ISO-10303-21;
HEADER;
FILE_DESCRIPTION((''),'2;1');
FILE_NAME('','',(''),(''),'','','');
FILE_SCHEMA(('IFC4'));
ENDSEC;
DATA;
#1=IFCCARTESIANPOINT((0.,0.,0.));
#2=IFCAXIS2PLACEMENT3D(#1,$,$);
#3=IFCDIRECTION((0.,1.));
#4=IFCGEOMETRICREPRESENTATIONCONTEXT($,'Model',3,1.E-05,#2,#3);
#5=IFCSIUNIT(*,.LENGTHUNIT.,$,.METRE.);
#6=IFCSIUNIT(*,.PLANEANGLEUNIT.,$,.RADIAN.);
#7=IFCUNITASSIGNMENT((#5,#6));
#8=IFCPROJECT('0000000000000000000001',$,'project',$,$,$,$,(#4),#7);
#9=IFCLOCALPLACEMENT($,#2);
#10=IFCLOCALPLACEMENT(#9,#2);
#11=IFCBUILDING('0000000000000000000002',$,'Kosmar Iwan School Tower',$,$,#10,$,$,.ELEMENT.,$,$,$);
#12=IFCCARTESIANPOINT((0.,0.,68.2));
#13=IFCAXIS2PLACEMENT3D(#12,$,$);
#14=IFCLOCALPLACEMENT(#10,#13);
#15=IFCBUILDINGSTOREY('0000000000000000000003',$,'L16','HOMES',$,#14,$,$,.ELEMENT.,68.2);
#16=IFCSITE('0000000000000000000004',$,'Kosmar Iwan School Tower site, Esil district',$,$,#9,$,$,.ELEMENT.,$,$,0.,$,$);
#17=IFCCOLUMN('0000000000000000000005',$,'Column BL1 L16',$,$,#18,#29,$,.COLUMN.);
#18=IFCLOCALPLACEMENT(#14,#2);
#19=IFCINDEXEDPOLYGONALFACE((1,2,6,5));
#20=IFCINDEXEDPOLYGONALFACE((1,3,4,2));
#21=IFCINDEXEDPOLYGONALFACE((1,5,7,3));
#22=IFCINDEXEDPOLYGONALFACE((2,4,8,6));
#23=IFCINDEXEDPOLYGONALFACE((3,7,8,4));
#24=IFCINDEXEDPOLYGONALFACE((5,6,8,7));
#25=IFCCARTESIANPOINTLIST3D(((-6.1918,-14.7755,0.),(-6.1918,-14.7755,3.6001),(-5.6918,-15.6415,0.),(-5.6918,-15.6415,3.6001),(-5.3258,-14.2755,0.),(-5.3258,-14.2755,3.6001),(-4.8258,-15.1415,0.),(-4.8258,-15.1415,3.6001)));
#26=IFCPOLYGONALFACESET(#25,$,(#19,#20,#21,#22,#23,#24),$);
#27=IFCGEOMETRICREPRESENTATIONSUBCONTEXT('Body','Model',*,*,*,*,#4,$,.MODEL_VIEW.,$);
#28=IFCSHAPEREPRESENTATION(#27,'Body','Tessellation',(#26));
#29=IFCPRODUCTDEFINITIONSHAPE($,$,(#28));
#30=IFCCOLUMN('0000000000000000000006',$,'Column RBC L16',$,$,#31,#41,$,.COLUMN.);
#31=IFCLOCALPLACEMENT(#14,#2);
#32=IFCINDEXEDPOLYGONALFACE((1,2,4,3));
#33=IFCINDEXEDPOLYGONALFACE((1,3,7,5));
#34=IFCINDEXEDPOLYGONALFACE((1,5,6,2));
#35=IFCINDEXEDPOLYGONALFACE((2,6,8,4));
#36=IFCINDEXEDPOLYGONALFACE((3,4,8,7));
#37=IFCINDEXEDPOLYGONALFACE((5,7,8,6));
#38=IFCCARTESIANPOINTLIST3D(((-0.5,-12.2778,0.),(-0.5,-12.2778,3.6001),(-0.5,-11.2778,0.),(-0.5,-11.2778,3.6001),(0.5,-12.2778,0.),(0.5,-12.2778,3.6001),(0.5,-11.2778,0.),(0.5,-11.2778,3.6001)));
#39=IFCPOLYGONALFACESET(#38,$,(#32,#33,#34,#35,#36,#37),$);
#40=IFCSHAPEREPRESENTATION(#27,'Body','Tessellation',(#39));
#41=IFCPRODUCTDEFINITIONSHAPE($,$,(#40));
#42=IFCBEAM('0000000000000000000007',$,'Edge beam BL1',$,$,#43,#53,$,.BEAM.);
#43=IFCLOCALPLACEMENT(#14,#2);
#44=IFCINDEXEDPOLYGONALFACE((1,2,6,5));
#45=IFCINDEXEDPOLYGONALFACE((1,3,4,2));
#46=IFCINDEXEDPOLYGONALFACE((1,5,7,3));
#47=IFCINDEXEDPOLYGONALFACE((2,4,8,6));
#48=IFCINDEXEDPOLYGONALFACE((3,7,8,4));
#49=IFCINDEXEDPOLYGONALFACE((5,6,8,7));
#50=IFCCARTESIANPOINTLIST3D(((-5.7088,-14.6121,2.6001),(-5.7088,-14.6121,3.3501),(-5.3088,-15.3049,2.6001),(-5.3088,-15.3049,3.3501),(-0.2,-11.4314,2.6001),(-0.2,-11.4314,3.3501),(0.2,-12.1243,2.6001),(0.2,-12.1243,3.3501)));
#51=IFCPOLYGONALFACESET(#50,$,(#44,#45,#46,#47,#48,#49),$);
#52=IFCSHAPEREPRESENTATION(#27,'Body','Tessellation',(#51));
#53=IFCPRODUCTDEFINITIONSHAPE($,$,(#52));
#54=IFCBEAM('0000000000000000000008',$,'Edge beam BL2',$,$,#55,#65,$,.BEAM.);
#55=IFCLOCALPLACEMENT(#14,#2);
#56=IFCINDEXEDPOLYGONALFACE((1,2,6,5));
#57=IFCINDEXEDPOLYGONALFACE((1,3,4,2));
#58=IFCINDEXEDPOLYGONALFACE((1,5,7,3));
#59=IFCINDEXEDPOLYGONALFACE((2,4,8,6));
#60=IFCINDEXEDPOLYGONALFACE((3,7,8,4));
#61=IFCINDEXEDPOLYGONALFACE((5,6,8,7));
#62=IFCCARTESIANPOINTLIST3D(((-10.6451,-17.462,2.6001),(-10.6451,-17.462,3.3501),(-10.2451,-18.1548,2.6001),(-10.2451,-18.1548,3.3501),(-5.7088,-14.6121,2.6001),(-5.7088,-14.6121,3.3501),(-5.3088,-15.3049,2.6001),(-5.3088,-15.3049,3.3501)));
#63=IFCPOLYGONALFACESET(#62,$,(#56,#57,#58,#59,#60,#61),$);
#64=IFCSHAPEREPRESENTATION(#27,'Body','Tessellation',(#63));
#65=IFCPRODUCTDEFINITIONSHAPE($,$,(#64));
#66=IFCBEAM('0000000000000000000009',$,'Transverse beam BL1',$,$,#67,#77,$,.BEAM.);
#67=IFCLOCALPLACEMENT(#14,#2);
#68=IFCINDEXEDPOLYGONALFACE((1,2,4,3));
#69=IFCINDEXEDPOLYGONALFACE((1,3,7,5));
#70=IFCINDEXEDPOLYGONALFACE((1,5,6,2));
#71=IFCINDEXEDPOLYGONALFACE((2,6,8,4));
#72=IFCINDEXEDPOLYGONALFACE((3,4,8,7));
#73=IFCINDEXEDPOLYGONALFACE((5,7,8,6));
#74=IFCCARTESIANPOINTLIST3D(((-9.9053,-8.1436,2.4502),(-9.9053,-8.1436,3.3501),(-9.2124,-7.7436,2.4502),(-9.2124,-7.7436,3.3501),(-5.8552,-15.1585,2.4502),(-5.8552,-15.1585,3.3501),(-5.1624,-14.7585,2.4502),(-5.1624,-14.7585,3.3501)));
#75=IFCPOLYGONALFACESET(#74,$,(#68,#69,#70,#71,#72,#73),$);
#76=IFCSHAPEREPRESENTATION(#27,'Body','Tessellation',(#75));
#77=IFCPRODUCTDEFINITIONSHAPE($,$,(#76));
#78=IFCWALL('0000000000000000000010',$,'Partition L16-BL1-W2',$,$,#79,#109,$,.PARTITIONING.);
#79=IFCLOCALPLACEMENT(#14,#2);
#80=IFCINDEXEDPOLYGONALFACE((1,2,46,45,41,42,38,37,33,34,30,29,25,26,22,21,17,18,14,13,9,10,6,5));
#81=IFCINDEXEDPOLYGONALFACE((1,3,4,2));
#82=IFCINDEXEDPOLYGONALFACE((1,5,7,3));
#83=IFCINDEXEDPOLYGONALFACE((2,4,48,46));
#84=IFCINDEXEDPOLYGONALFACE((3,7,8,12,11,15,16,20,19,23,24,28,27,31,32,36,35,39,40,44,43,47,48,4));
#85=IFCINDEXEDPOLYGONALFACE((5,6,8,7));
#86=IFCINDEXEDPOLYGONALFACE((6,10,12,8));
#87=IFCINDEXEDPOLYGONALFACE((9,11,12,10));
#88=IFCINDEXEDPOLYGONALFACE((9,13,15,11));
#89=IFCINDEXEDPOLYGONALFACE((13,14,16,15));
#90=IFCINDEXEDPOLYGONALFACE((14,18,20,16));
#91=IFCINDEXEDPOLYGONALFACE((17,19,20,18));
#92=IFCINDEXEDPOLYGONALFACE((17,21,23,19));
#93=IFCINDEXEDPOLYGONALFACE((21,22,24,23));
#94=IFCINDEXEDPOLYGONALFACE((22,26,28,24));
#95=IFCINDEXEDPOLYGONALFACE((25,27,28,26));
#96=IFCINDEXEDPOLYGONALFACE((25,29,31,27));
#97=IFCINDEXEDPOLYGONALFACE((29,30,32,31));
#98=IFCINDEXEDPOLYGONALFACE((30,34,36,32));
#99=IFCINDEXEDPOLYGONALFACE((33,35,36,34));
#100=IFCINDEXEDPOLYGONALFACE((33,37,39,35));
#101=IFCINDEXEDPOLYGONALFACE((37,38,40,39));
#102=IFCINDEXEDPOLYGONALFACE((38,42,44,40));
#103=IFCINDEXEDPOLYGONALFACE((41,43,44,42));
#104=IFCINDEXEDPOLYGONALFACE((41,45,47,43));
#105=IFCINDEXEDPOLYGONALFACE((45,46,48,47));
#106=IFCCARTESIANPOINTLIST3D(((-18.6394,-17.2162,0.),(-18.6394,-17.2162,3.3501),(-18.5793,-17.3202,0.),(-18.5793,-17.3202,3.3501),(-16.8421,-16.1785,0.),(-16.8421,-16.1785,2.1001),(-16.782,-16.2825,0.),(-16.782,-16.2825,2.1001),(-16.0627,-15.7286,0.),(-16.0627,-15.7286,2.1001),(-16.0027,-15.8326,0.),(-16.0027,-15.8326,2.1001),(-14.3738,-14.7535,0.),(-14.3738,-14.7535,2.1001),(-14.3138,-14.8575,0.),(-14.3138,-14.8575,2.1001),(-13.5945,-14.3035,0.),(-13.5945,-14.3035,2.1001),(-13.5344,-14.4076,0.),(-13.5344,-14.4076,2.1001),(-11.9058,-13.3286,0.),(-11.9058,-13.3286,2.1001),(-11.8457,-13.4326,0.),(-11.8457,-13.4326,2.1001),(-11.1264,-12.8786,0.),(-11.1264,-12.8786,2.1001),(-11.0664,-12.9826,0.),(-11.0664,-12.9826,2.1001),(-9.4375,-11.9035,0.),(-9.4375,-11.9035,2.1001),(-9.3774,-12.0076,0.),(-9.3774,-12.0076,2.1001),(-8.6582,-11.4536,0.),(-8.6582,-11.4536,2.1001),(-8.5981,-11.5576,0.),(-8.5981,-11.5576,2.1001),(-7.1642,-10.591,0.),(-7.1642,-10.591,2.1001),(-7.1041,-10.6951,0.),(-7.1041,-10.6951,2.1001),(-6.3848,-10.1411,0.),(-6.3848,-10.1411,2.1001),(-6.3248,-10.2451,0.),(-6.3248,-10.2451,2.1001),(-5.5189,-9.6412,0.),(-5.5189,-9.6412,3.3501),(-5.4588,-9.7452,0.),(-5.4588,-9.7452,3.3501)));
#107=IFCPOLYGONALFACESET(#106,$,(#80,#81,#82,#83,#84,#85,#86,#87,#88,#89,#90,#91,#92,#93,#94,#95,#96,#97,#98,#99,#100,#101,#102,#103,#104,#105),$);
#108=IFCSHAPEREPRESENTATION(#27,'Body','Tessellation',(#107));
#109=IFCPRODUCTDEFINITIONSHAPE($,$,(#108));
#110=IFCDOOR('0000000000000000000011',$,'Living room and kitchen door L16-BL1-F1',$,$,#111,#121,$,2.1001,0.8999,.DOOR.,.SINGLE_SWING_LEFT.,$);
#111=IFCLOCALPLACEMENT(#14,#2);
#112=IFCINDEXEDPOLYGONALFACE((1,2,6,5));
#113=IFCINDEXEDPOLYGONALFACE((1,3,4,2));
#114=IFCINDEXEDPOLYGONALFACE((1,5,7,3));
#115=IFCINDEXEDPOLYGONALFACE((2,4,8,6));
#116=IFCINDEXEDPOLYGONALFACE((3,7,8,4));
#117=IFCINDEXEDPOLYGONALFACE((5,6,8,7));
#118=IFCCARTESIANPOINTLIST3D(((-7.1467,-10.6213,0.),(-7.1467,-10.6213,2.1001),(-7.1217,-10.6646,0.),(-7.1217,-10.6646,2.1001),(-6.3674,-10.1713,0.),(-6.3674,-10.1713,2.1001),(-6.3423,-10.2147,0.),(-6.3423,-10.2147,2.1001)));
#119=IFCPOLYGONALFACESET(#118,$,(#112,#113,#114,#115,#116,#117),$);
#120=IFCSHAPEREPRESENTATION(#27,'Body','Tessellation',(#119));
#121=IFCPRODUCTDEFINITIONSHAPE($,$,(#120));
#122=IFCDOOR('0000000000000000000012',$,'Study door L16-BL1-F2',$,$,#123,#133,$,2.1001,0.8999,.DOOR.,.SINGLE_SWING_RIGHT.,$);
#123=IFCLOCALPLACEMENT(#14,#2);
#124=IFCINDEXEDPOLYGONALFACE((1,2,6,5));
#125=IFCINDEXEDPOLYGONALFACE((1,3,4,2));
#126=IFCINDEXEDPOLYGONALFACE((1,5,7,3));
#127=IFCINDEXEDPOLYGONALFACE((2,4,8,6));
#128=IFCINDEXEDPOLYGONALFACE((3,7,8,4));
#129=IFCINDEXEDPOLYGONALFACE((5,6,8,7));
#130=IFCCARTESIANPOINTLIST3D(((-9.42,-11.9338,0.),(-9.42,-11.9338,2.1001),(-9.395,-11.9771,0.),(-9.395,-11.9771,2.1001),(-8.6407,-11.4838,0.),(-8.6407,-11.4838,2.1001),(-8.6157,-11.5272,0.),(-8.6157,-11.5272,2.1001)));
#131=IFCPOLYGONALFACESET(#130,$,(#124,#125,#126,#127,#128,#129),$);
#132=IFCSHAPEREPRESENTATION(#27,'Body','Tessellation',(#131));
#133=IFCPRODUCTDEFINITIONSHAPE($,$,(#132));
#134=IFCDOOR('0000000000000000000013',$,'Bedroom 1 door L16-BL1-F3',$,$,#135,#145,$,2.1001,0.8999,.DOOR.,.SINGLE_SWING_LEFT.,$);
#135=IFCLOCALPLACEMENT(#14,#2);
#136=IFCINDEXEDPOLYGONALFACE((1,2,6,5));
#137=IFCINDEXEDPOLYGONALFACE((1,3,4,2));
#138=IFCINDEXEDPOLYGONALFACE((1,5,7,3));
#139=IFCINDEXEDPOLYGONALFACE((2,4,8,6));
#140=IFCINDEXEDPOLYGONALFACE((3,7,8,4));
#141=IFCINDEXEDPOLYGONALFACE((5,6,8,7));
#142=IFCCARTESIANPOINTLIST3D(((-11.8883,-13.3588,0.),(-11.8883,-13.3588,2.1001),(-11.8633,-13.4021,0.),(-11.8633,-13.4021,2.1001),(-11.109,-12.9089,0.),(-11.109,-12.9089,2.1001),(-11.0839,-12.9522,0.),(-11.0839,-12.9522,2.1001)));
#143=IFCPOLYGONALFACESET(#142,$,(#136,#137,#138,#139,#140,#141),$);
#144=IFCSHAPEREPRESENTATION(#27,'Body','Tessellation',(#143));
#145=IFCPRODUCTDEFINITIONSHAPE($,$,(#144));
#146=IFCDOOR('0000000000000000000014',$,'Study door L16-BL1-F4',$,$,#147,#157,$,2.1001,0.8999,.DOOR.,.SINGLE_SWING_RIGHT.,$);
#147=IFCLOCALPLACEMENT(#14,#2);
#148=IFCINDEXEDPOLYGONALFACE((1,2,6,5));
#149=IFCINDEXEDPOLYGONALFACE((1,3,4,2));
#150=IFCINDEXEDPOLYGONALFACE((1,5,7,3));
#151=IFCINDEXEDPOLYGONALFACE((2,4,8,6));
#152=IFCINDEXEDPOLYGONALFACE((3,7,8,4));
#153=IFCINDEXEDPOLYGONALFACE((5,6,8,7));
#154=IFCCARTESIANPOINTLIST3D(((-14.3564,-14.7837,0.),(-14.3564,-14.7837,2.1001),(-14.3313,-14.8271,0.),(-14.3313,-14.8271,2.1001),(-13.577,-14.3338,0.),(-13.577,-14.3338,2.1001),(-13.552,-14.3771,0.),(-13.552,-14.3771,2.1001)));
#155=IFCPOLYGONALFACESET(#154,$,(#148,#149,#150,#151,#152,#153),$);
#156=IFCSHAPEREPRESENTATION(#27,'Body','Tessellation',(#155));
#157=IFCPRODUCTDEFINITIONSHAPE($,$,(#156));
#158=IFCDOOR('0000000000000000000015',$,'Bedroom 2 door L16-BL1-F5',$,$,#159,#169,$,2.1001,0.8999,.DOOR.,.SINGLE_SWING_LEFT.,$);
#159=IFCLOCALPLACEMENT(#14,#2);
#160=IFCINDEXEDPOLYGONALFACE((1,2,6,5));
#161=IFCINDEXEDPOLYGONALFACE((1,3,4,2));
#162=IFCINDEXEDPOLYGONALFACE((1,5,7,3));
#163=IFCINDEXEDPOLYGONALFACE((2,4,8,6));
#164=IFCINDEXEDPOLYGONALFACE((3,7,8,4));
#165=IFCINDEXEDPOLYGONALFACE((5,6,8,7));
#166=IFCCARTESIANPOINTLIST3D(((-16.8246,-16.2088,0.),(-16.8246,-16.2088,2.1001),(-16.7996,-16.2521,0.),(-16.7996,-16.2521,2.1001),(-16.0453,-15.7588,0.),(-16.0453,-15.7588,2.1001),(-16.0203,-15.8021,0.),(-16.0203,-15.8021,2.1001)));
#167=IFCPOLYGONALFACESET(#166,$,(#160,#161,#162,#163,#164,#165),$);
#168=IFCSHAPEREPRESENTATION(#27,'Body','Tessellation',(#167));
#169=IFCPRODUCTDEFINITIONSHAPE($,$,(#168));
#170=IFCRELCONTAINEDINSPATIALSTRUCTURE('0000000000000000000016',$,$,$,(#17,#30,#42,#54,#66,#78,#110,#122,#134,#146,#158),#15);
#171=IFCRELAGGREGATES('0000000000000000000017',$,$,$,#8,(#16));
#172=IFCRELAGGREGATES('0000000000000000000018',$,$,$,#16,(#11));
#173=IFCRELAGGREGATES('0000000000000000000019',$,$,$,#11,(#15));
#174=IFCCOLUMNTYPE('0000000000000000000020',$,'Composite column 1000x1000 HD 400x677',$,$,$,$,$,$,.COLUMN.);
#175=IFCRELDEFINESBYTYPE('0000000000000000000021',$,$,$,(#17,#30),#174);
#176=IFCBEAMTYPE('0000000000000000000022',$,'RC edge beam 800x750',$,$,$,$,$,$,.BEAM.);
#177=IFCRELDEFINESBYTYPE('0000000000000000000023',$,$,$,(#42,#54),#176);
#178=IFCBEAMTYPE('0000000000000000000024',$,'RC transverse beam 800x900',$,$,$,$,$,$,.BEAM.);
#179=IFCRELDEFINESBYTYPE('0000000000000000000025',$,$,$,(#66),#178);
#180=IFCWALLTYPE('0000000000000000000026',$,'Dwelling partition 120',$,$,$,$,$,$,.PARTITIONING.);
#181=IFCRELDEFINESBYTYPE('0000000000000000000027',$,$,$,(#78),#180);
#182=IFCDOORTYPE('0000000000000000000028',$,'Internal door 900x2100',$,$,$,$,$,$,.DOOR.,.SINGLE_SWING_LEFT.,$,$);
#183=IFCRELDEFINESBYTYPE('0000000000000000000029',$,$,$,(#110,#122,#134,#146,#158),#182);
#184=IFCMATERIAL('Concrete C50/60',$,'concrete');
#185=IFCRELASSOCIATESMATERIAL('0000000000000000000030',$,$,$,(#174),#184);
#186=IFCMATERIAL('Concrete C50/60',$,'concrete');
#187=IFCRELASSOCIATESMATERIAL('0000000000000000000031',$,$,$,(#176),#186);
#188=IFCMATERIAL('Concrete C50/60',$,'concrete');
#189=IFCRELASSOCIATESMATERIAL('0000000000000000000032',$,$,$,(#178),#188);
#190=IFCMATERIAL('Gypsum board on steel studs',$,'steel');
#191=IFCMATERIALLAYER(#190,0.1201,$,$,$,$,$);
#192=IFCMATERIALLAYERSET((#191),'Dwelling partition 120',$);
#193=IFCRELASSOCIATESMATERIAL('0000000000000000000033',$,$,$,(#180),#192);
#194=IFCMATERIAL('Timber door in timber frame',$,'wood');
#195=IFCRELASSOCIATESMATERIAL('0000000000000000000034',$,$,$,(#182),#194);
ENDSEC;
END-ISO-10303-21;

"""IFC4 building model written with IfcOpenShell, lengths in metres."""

from ifc_helpers import new_model, si_unit, direction, frame, frame_2d, origin, origin_2d, place, context, subcontext, project, spatial, rectangle, extrude, material, layer, layer_set, material_profile, profile_set, type_object, element, fill, save


model = new_model("IFC4")

# Units and contexts
model_context = context("Model", 3, precision=1e-05, world=origin(), true_north=direction((0.0, 1.0)))
body_context = subcontext(model_context, "Body", "Model", "MODEL_VIEW")
ifc_project = project(units=[si_unit("LENGTHUNIT", "METRE"), si_unit("PLANEANGLEUNIT", "RADIAN")], contexts=[model_context])

# Site, building, storey
site_placement = place(None, origin())
site = spatial("IfcSite", under=ifc_project, at=site_placement, Name="Kosmar Iwan School Tower site, Esil district", CompositionType="ELEMENT", RefElevation=0.0)
building_placement = place(site_placement, origin())
building = spatial("IfcBuilding", under=site, at=building_placement, Name="Kosmar Iwan School Tower", CompositionType="ELEMENT")
storey_placement = place(building_placement, frame((0.0, 0.0, 68.2)))
storey = spatial("IfcBuildingStorey", under=building, at=storey_placement, Name="L16", Description="HOMES", CompositionType="ELEMENT", Elevation=68.2)

# Columns
ifc_material_1 = material(Name="Concrete C50/60", Category="concrete")
ifc_material_profile_1 = material_profile(ifc_material_1, rectangle(XDim=1.0, YDim=1.0, at=origin_2d()), Name="RC 1000x1000 + HD 400x677")
ifc_profile_set_1 = profile_set([ifc_material_profile_1], Name="Concrete C50/60")
column_type = type_object("IfcColumnType", Name="Composite column 1000x1000 HD 400x677", PredefinedType="COLUMN", material=ifc_profile_set_1)
for number, where, z_axis, x_axis, name in (
    (1, (-5.5088, -14.9585, 0.0), (0.0, 0.0, 1.0), (-0.866025, -0.5, 0.0), "Column BL1 L16"),
    (2, (0.0, -11.7778, 0.0), (0.0, 0.0, 1.0), (1.0, 0.0, 0.0), "Column RBC L16"),
):
    element("IfcColumn", number, at=place(storey_placement, frame(where, z_axis=z_axis, x_axis=x_axis)), inside=storey, type_object=column_type, Name=name, PredefinedType="COLUMN", context=body_context, shape_type="SweptSolid", body=[
        extrude(rectangle(XDim=1.0, YDim=1.0, at=origin_2d()), origin(), (0.0, 0.0, 1.0), 3.6001),
    ])

# Beams
ifc_material_2 = material(Name="Concrete C50/60", Category="concrete")
ifc_material_profile_2 = material_profile(ifc_material_2, rectangle(XDim=0.8, YDim=0.75, at=origin_2d()), Name="RC 800x750")
ifc_profile_set_2 = profile_set([ifc_material_profile_2], Name="Concrete C50/60")
beam_type_1 = type_object("IfcBeamType", Name="RC edge beam 800x750", PredefinedType="BEAM", material=ifc_profile_set_2)
beam_1_placement = place(storey_placement, frame((0.0, -11.7778, 2.9751), z_axis=(-0.866014, -0.500019, 0.0), x_axis=(0.500019, -0.866014, 0.0)))
element("IfcBeam", 3, at=beam_1_placement, inside=storey, type_object=beam_type_1, Name="Edge beam BL1", PredefinedType="BEAM", context=body_context, shape_type="SweptSolid", body=[
    extrude(rectangle(XDim=0.8, YDim=0.75, at=origin_2d()), origin(), (0.0, 0.0, 1.0), 6.3611),
])
beam_2_placement = place(storey_placement, frame((-5.5088, -14.9585, 2.9751), z_axis=(-0.866034, -0.499986, 0.0), x_axis=(0.499986, -0.866034, 0.0)))
element("IfcBeam", 4, at=beam_2_placement, inside=storey, type_object=beam_type_1, Name="Edge beam BL2", PredefinedType="BEAM", context=body_context, shape_type="SweptSolid", body=[
    extrude(rectangle(XDim=0.8, YDim=0.75, at=origin_2d()), origin(), (0.0, 0.0, 1.0), 5.7),
])
ifc_material_3 = material(Name="Concrete C50/60", Category="concrete")
ifc_material_profile_3 = material_profile(ifc_material_3, rectangle(XDim=0.8, YDim=0.8999, at=origin_2d()), Name="RC 800x900")
ifc_profile_set_3 = profile_set([ifc_material_profile_3], Name="Concrete C50/60")
beam_type_2 = type_object("IfcBeamType", Name="RC transverse beam 800x900", PredefinedType="BEAM", material=ifc_profile_set_3)
beam_3_placement = place(storey_placement, frame((-5.5088, -14.9585, 2.9001), z_axis=(-0.5, 0.866025, 0.0), x_axis=(-0.866025, -0.5, 0.0)))
element("IfcBeam", 5, at=beam_3_placement, inside=storey, type_object=beam_type_2, Name="Transverse beam BL1", PredefinedType="BEAM", context=body_context, shape_type="SweptSolid", body=[
    extrude(rectangle(XDim=0.8, YDim=0.8999, at=origin_2d()), origin(), (0.0, 0.0, 1.0), 8.1001),
])

# Wall, openings, doors
ifc_material_4 = material(Name="Gypsum board on steel studs", Category="steel")
ifc_layer_1 = layer(ifc_material_4, 0.1201)
ifc_layer_set_1 = layer_set([ifc_layer_1], Name="Dwelling partition 120")
wall_type_1 = type_object("IfcWallType", Name="Dwelling partition 120", PredefinedType="PARTITIONING", material=ifc_layer_set_1)
wall_1_placement = place(storey_placement, frame((-5.4888, -9.6931, 0.0), z_axis=(0.0, 0.0, 1.0), x_axis=(-0.866028, -0.499995, 0.0)))
wall_1 = element("IfcWall", 6, at=wall_1_placement, inside=storey, type_object=wall_type_1, Name="Partition L16-BL1-W2", PredefinedType="PARTITIONING", context=body_context, shape_type="SweptSolid", body=[
    extrude(rectangle(XDim=15.1501, YDim=0.1201, at=frame_2d((7.5752, 0.0))), origin(), (0.0, 0.0, 1.0), 3.3501),
])
opening_1_placement = place(wall_1_placement, frame((1.0, 0.0, 0.0)))
opening_1 = element("IfcOpeningElement", 7, at=opening_1_placement, cuts=wall_1, PredefinedType="OPENING", context=body_context, shape_type="SweptSolid", body=[
    extrude(rectangle(XDim=0.8999, YDim=2.1001, at=frame_2d((0.45, 1.05))), frame((0.0, 0.072, 0.0), z_axis=(0.0, -1.0, 0.0), x_axis=(1.0, 0.0, 0.0)), (0.0, 0.0, 1.0), 0.144),
])
opening_2_placement = place(wall_1_placement, frame((3.625, 0.0, 0.0)))
opening_2 = element("IfcOpeningElement", 8, at=opening_2_placement, cuts=wall_1, PredefinedType="OPENING", context=body_context, shape_type="SweptSolid", body=[
    extrude(rectangle(XDim=0.8999, YDim=2.1001, at=frame_2d((0.45, 1.05))), frame((0.0, 0.072, 0.0), z_axis=(0.0, -1.0, 0.0), x_axis=(1.0, 0.0, 0.0)), (0.0, 0.0, 1.0), 0.144),
])
opening_3_placement = place(wall_1_placement, frame((6.4751, 0.0, 0.0)))
opening_3 = element("IfcOpeningElement", 9, at=opening_3_placement, cuts=wall_1, PredefinedType="OPENING", context=body_context, shape_type="SweptSolid", body=[
    extrude(rectangle(XDim=0.8999, YDim=2.1001, at=frame_2d((0.45, 1.05))), frame((0.0, 0.072, 0.0), z_axis=(0.0, -1.0, 0.0), x_axis=(1.0, 0.0, 0.0)), (0.0, 0.0, 1.0), 0.144),
])
opening_4_placement = place(wall_1_placement, frame((9.325, 0.0, 0.0)))
opening_4 = element("IfcOpeningElement", 10, at=opening_4_placement, cuts=wall_1, PredefinedType="OPENING", context=body_context, shape_type="SweptSolid", body=[
    extrude(rectangle(XDim=0.8999, YDim=2.1001, at=frame_2d((0.45, 1.05))), frame((0.0, 0.072, 0.0), z_axis=(0.0, -1.0, 0.0), x_axis=(1.0, 0.0, 0.0)), (0.0, 0.0, 1.0), 0.144),
])
opening_5_placement = place(wall_1_placement, frame((12.175, 0.0, 0.0)))
opening_5 = element("IfcOpeningElement", 11, at=opening_5_placement, cuts=wall_1, PredefinedType="OPENING", context=body_context, shape_type="SweptSolid", body=[
    extrude(rectangle(XDim=0.8999, YDim=2.1001, at=frame_2d((0.45, 1.05))), frame((0.0, 0.072, 0.0), z_axis=(0.0, -1.0, 0.0), x_axis=(1.0, 0.0, 0.0)), (0.0, 0.0, 1.0), 0.144),
])
ifc_material_5 = material(Name="Timber door in timber frame", Category="wood")
door_type_1 = type_object("IfcDoorType", Name="Internal door 900x2100", OperationType="SINGLE_SWING_LEFT", PredefinedType="DOOR", material=ifc_material_5)
door_1_placement = place(opening_1_placement, origin())
door_1 = element("IfcDoor", 12, at=door_1_placement, inside=storey, type_object=door_type_1, Name="Living room and kitchen door L16-BL1-F1", OperationType="SINGLE_SWING_LEFT", OverallHeight=2.1001, OverallWidth=0.8999, PredefinedType="DOOR", context=body_context, shape_type="SweptSolid", body=[
    extrude(rectangle(XDim=0.8999, YDim=2.1001, at=frame_2d((0.45, 1.05))), frame((0.0, 0.0249, 0.0), z_axis=(0.0, -1.0, 0.0), x_axis=(1.0, 0.0, 0.0)), (0.0, 0.0, 1.0), 0.05),
])
fill(opening_1, door_1)
door_2_placement = place(opening_2_placement, origin())
door_2 = element("IfcDoor", 13, at=door_2_placement, inside=storey, type_object=door_type_1, Name="Study door L16-BL1-F2", OperationType="SINGLE_SWING_RIGHT", OverallHeight=2.1001, OverallWidth=0.8999, PredefinedType="DOOR", context=body_context, shape_type="SweptSolid", body=[
    extrude(rectangle(XDim=0.8999, YDim=2.1001, at=frame_2d((0.45, 1.05))), frame((0.0, 0.0249, 0.0), z_axis=(0.0, -1.0, 0.0), x_axis=(1.0, 0.0, 0.0)), (0.0, 0.0, 1.0), 0.05),
])
fill(opening_2, door_2)
door_3_placement = place(opening_3_placement, origin())
door_3 = element("IfcDoor", 14, at=door_3_placement, inside=storey, type_object=door_type_1, Name="Bedroom 1 door L16-BL1-F3", OperationType="SINGLE_SWING_LEFT", OverallHeight=2.1001, OverallWidth=0.8999, PredefinedType="DOOR", context=body_context, shape_type="SweptSolid", body=[
    extrude(rectangle(XDim=0.8999, YDim=2.1001, at=frame_2d((0.45, 1.05))), frame((0.0, 0.0249, 0.0), z_axis=(0.0, -1.0, 0.0), x_axis=(1.0, 0.0, 0.0)), (0.0, 0.0, 1.0), 0.05),
])
fill(opening_3, door_3)
door_4_placement = place(opening_4_placement, origin())
door_4 = element("IfcDoor", 15, at=door_4_placement, inside=storey, type_object=door_type_1, Name="Study door L16-BL1-F4", OperationType="SINGLE_SWING_RIGHT", OverallHeight=2.1001, OverallWidth=0.8999, PredefinedType="DOOR", context=body_context, shape_type="SweptSolid", body=[
    extrude(rectangle(XDim=0.8999, YDim=2.1001, at=frame_2d((0.45, 1.05))), frame((0.0, 0.0249, 0.0), z_axis=(0.0, -1.0, 0.0), x_axis=(1.0, 0.0, 0.0)), (0.0, 0.0, 1.0), 0.05),
])
fill(opening_4, door_4)
door_5_placement = place(opening_5_placement, origin())
door_5 = element("IfcDoor", 16, at=door_5_placement, inside=storey, type_object=door_type_1, Name="Bedroom 2 door L16-BL1-F5", OperationType="SINGLE_SWING_LEFT", OverallHeight=2.1001, OverallWidth=0.8999, PredefinedType="DOOR", context=body_context, shape_type="SweptSolid", body=[
    extrude(rectangle(XDim=0.8999, YDim=2.1001, at=frame_2d((0.45, 1.05))), frame((0.0, 0.0249, 0.0), z_axis=(0.0, -1.0, 0.0), x_axis=(1.0, 0.0, 0.0)), (0.0, 0.0, 1.0), 0.05),
])
fill(opening_5, door_5)

save(model, "model.ifc")
